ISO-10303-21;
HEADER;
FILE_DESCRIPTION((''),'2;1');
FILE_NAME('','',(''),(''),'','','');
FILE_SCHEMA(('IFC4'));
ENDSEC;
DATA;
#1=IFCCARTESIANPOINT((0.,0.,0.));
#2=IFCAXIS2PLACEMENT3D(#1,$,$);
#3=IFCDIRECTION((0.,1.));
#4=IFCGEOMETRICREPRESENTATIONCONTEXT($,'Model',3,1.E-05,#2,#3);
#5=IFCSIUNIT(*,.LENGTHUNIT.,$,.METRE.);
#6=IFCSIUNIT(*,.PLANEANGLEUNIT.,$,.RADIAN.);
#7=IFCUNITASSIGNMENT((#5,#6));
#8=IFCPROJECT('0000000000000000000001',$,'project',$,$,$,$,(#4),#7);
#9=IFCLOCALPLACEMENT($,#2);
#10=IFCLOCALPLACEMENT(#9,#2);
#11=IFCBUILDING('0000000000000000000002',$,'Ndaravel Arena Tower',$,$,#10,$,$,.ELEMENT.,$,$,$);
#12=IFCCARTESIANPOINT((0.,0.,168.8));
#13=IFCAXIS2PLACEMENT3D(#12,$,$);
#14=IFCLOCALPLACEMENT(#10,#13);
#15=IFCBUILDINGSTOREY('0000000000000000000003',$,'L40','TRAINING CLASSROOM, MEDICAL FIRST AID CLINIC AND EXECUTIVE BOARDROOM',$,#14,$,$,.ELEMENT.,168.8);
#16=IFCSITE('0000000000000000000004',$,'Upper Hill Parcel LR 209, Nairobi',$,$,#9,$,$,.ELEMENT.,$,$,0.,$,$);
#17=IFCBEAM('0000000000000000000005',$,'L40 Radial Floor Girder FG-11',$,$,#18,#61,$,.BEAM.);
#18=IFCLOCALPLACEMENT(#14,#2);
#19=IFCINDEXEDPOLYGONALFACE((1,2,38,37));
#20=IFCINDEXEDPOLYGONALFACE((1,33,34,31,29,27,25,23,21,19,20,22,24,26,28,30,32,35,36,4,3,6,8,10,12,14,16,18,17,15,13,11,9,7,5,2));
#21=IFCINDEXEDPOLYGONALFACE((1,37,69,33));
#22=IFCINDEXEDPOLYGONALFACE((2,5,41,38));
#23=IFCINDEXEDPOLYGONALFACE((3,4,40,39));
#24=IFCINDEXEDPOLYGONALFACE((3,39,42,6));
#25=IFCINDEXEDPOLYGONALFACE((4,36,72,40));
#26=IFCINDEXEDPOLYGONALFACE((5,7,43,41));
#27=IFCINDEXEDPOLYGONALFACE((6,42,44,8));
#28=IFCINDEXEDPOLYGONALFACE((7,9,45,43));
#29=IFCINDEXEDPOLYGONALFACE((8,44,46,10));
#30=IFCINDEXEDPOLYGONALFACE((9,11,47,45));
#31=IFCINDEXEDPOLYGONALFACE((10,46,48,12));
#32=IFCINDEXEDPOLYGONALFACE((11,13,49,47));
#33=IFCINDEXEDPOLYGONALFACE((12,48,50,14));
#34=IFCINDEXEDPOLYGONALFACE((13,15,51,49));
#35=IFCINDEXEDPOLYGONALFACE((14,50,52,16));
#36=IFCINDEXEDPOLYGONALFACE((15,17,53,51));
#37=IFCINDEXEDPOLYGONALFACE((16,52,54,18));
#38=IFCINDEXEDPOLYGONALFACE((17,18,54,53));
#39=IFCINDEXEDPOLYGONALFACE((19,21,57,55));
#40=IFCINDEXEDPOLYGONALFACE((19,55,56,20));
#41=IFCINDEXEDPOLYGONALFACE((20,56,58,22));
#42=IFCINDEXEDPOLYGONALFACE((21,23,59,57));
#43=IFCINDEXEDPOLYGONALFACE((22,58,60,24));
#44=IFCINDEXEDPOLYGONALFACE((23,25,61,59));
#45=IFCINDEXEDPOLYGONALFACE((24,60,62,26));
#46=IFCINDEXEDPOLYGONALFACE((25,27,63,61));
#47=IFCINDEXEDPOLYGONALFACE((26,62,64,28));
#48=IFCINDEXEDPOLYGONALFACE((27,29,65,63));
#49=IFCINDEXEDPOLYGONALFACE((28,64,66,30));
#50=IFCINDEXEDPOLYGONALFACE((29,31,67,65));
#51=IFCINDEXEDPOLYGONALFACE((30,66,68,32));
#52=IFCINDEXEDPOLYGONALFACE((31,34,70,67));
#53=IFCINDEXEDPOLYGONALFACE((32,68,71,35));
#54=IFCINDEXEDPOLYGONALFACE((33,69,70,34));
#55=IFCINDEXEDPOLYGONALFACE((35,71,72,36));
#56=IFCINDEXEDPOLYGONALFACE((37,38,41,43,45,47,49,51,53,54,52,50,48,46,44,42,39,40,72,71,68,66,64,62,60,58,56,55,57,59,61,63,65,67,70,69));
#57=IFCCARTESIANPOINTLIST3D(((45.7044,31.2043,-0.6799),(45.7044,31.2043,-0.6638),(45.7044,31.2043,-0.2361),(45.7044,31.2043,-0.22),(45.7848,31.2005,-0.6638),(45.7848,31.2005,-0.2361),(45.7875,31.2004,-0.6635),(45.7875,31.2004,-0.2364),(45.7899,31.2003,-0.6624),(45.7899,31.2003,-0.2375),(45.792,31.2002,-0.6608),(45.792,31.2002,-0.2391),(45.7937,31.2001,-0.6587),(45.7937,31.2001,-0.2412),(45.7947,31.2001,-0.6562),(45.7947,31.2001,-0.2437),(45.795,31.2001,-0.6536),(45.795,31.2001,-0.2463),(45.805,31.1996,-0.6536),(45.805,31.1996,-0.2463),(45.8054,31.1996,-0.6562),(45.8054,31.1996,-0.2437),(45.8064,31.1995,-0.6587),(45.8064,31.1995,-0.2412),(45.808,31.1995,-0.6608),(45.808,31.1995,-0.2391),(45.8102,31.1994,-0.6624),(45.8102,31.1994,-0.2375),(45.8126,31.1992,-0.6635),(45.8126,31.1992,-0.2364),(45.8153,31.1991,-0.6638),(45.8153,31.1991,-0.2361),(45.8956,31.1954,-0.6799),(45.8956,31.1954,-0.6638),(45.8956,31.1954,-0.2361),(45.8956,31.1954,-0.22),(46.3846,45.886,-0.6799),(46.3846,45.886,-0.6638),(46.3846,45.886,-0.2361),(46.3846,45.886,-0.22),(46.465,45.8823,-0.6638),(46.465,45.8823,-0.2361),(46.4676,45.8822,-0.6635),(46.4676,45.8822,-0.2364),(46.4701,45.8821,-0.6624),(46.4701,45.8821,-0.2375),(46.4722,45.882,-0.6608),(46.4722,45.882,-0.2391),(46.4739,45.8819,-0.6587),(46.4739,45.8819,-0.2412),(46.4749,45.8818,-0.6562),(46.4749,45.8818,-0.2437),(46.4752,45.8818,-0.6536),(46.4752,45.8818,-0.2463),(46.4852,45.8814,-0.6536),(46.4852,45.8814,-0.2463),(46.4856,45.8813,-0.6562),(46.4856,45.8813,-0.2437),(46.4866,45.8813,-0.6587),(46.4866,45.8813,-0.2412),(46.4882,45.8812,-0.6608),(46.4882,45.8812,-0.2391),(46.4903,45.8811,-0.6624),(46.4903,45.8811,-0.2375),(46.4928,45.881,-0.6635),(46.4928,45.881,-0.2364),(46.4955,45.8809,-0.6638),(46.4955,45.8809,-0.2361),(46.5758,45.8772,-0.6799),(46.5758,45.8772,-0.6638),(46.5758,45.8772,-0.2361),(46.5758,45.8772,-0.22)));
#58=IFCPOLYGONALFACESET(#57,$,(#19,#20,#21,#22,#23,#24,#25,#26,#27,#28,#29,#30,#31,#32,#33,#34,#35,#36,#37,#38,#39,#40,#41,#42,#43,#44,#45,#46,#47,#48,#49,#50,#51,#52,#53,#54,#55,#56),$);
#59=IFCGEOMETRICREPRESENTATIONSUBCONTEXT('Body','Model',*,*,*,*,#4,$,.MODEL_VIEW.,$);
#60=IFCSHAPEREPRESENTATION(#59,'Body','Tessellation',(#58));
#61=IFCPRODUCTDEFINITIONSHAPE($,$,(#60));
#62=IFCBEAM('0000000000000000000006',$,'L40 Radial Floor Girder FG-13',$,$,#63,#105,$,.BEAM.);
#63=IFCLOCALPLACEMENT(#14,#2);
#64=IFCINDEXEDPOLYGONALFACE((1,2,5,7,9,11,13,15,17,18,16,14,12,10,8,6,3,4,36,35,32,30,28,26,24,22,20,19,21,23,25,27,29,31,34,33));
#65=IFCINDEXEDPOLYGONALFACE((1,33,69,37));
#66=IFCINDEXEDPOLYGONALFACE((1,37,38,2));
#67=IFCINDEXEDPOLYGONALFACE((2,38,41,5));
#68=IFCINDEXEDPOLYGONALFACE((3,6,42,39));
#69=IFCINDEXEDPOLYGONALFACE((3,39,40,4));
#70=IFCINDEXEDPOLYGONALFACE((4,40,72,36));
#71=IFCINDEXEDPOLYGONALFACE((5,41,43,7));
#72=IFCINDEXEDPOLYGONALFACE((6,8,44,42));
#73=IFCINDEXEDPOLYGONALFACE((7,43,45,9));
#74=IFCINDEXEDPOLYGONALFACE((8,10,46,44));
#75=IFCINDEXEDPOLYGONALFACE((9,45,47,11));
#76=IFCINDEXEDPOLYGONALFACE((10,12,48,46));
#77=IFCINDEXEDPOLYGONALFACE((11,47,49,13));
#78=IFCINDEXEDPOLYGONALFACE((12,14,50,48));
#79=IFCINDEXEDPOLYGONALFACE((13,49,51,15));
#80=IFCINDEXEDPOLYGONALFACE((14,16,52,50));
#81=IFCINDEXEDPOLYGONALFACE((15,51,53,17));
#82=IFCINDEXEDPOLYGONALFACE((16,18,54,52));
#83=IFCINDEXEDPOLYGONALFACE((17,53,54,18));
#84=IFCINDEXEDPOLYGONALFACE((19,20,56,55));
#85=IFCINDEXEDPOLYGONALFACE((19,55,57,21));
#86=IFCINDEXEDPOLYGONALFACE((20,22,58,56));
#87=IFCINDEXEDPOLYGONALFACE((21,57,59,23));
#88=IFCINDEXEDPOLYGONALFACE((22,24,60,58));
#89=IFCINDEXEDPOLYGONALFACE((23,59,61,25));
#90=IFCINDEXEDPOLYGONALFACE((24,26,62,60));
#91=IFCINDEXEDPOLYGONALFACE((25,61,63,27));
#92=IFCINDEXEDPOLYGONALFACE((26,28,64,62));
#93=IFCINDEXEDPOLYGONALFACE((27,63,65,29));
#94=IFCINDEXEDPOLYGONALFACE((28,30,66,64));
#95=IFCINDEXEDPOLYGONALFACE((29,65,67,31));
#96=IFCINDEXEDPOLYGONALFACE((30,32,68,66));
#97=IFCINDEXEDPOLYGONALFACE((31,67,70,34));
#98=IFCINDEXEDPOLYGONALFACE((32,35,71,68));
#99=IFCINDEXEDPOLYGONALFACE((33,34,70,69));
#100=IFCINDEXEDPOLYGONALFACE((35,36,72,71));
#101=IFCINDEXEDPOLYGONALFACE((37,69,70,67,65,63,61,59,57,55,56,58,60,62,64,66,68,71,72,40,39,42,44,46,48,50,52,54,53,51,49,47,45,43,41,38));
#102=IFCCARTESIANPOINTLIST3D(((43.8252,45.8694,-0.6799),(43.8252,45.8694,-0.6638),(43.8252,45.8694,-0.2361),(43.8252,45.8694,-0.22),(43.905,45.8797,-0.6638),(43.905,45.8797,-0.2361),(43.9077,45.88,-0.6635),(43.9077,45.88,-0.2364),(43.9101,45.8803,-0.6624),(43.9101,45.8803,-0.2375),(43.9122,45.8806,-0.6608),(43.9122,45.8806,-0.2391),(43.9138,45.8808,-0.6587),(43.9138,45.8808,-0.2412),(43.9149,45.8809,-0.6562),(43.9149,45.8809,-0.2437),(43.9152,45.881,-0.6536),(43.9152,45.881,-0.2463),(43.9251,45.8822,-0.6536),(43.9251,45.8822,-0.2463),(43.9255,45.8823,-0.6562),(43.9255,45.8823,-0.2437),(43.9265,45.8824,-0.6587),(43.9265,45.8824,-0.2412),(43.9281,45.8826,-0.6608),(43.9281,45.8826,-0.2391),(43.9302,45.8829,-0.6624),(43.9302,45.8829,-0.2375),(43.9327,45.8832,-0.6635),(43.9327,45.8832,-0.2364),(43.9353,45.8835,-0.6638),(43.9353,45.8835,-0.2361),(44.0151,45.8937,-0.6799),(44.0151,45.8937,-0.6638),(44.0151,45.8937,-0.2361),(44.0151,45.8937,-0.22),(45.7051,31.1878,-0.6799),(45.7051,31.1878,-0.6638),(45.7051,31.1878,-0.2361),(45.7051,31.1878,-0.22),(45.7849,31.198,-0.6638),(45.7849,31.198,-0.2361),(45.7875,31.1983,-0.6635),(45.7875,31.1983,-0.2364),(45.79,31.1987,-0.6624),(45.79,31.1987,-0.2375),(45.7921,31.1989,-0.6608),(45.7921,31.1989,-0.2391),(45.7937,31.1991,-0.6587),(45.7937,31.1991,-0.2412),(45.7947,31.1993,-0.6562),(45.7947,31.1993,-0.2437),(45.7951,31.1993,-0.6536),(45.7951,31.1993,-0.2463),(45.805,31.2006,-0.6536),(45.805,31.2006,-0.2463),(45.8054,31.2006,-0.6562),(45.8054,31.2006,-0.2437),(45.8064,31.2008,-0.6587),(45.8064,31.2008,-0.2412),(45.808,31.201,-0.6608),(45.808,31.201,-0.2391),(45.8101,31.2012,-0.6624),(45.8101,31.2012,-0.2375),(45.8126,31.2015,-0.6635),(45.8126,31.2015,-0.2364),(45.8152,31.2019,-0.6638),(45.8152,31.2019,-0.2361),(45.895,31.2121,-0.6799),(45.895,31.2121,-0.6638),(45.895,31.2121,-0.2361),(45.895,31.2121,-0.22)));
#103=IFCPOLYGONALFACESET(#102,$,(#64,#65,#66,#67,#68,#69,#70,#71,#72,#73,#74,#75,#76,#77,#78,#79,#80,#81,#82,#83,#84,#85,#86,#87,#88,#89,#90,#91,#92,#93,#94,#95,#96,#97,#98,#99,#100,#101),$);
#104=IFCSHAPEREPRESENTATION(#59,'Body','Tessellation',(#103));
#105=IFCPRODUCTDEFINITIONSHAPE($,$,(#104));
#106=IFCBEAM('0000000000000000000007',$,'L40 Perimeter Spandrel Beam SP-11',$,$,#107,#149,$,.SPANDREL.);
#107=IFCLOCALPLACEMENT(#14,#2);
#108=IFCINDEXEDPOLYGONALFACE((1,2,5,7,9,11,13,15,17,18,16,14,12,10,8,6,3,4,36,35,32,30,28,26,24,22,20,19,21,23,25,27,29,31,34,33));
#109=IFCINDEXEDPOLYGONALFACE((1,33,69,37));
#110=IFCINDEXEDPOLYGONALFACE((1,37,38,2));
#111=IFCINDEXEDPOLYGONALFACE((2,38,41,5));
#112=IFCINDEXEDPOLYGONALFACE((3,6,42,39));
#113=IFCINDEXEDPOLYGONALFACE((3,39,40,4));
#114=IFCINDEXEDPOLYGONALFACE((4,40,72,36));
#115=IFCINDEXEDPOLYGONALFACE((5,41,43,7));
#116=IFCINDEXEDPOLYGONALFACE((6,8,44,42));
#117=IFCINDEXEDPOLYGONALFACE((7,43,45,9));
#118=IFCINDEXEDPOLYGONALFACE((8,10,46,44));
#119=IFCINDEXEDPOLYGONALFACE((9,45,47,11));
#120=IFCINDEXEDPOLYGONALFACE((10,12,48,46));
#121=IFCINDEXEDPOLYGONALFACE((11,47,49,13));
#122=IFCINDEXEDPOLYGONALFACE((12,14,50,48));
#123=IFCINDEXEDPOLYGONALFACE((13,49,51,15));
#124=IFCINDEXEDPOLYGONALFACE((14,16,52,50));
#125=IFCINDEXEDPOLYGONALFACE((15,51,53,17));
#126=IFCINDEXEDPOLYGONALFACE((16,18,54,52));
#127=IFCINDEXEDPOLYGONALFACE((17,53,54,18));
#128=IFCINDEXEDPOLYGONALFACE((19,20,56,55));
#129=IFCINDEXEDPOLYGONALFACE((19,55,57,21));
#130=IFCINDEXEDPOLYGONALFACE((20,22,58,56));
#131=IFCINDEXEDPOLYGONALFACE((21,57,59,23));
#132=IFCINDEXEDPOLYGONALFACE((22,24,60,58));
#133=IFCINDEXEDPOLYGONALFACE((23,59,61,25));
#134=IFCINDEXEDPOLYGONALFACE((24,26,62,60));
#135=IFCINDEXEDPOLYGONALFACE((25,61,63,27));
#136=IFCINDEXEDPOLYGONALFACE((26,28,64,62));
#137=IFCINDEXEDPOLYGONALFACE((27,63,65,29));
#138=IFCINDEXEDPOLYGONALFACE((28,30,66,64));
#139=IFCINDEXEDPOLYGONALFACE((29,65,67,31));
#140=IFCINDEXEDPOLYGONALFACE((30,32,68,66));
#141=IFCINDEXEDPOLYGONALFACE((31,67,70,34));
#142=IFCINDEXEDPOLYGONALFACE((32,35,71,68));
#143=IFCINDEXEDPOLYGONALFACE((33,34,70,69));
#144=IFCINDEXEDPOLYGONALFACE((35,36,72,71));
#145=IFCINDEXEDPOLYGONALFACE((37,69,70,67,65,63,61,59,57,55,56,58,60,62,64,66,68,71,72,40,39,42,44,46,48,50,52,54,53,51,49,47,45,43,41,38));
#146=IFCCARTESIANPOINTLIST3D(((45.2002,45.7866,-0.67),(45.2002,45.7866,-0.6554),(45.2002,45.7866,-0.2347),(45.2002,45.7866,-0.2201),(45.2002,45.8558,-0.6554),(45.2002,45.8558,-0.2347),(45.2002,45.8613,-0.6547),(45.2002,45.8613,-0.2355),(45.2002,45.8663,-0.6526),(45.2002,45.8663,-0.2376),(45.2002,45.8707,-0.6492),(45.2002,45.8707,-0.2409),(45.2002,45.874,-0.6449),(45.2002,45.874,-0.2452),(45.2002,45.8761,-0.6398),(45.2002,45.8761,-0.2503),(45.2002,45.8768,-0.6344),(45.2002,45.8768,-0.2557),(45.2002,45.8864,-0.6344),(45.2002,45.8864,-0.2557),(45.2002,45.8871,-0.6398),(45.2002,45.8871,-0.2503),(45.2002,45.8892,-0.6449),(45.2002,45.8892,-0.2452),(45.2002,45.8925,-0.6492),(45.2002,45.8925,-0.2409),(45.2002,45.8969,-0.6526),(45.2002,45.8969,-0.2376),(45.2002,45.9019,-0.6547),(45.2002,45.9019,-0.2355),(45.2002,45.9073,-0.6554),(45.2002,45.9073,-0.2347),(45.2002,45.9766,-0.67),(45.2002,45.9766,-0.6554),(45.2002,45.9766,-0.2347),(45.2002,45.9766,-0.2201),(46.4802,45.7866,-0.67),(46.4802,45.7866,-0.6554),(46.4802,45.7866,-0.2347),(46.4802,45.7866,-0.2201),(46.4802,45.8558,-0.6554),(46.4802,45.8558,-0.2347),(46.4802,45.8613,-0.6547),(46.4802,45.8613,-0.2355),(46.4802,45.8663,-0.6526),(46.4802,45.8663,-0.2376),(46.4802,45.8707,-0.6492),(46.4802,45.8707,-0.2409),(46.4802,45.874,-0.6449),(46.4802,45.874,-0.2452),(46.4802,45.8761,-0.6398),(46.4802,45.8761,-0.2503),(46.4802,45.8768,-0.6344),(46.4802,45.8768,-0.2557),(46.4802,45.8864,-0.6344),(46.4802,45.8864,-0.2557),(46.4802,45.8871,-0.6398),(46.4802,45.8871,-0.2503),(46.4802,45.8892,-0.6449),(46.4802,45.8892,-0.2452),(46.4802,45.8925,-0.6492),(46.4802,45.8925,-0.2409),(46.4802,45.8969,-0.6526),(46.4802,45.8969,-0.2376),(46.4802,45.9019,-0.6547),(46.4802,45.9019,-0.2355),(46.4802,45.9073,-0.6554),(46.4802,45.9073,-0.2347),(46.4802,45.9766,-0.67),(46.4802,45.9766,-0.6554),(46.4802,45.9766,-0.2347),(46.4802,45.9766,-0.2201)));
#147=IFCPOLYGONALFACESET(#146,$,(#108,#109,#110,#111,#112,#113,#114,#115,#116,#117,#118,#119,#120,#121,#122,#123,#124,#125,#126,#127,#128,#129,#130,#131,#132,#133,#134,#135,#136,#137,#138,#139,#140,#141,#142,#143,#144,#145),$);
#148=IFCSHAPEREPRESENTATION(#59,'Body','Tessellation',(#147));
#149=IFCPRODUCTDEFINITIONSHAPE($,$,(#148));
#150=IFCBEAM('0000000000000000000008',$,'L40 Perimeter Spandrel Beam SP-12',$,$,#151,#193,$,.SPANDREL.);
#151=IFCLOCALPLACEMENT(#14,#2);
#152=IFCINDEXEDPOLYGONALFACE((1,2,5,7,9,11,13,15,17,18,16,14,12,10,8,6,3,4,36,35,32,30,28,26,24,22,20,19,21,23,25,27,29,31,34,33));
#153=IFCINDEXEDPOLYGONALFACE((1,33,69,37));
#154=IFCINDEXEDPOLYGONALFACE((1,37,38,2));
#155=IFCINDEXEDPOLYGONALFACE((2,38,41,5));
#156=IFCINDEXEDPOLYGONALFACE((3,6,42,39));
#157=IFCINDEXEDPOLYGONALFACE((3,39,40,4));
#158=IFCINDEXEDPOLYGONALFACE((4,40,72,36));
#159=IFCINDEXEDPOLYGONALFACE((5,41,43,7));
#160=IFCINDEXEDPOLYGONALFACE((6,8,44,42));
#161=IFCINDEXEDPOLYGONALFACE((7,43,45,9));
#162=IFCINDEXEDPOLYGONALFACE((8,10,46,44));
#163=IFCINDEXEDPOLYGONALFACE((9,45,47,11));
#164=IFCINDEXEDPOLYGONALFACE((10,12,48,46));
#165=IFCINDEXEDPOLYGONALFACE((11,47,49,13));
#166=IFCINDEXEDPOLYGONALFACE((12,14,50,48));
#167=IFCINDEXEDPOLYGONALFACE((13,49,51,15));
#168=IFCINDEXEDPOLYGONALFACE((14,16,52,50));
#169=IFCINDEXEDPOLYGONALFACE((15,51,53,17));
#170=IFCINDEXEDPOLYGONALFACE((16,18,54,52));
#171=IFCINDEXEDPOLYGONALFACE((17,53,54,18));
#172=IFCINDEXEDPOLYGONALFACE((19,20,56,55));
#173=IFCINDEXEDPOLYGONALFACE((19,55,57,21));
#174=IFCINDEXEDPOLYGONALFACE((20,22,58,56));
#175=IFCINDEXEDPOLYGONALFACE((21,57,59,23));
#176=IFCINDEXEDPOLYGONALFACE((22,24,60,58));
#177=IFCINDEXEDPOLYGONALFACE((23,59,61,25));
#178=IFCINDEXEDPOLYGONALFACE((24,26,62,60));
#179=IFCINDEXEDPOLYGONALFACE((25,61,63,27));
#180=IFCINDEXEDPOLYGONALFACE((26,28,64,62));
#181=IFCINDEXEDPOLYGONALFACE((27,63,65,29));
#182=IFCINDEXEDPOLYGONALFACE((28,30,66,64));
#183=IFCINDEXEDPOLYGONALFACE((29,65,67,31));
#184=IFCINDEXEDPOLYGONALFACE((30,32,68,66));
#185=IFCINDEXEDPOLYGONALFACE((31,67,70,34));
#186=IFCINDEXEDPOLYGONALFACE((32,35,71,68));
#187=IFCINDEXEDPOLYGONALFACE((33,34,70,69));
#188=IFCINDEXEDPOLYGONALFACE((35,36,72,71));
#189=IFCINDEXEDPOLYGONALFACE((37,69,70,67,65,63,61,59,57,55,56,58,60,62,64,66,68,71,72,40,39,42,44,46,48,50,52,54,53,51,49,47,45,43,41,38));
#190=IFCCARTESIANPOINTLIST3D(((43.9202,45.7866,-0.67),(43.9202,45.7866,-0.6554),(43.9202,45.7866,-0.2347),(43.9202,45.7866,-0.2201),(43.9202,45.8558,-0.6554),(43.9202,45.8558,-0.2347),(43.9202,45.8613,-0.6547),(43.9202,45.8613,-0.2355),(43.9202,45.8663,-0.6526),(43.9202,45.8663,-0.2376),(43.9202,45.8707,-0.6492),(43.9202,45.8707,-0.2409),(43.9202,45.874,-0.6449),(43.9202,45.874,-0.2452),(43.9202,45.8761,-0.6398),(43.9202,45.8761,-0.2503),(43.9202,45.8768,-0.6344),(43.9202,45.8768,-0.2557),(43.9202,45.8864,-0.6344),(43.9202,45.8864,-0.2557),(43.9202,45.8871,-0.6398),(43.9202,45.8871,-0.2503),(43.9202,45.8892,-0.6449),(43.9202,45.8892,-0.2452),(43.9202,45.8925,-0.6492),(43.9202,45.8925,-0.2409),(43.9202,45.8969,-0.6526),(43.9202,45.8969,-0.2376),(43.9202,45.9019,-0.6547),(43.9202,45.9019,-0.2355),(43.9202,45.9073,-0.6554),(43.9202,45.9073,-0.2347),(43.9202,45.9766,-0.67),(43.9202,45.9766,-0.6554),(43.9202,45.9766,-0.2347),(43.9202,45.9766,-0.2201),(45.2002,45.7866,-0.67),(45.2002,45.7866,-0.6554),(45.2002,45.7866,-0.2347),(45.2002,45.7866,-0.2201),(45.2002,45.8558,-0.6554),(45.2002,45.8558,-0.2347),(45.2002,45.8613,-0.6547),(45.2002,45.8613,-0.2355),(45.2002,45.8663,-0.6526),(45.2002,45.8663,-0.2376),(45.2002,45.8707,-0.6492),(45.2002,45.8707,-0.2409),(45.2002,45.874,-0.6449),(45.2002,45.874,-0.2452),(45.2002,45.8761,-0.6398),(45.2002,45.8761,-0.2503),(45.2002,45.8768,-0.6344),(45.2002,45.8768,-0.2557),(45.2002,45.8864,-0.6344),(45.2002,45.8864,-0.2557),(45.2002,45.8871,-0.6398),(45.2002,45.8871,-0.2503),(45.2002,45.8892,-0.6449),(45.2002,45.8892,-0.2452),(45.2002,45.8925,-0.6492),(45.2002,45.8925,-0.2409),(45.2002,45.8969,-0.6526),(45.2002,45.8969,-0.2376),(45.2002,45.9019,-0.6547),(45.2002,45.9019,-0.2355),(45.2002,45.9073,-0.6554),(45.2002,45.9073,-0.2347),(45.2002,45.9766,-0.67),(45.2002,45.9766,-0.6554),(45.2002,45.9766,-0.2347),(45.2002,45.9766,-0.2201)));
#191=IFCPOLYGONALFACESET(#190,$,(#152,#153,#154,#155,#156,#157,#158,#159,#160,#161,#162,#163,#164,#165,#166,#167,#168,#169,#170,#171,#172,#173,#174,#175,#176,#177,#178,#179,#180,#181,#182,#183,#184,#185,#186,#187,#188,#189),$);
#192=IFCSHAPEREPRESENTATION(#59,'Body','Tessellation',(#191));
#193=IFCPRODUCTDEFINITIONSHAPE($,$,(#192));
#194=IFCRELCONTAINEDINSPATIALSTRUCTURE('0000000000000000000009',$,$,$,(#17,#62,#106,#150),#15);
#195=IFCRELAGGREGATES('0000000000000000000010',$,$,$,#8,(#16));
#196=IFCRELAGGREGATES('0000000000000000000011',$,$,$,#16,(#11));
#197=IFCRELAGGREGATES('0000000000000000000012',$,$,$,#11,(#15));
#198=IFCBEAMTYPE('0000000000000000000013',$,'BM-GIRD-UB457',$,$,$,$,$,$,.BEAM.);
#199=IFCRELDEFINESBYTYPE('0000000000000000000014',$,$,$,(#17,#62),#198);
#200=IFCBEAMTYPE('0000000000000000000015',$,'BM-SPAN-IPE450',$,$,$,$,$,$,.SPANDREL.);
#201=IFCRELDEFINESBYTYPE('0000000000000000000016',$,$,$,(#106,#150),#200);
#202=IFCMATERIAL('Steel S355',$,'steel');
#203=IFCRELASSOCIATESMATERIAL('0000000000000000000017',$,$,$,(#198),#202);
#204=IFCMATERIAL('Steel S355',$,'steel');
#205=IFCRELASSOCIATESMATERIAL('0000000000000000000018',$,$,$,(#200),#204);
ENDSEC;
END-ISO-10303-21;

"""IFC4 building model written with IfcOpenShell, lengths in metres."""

from ifc_helpers import new_model, si_unit, direction, frame, origin, origin_2d, place, context, subcontext, project, spatial, i_section, extrude, material, material_profile, profile_set, type_object, element, save


model = new_model("IFC4")

# Units and contexts
model_context = context("Model", 3, precision=1e-05, world=origin(), true_north=direction((0.0, 1.0)))
body_context = subcontext(model_context, "Body", "Model", "MODEL_VIEW")
ifc_project = project(units=[si_unit("LENGTHUNIT", "METRE"), si_unit("PLANEANGLEUNIT", "RADIAN")], contexts=[model_context])

# Site, building, storey
site_placement = place(None, origin())
site = spatial("IfcSite", under=ifc_project, at=site_placement, Name="Upper Hill Parcel LR 209, Nairobi", CompositionType="ELEMENT", RefElevation=0.0)
building_placement = place(site_placement, origin())
building = spatial("IfcBuilding", under=site, at=building_placement, Name="Ndaravel Arena Tower", CompositionType="ELEMENT")
storey_placement = place(building_placement, frame((0.0, 0.0, 168.8)))
storey = spatial("IfcBuildingStorey", under=building, at=storey_placement, Name="L40", Description="TRAINING CLASSROOM, MEDICAL FIRST AID CLINIC AND EXECUTIVE BOARDROOM", CompositionType="ELEMENT", Elevation=168.8)

# Beams
ifc_material_1 = material(Name="Steel S355", Category="steel")
ifc_material_profile_1 = material_profile(ifc_material_1, i_section(OverallWidth=0.1914, OverallDepth=0.46, WebThickness=0.01, FlangeThickness=0.0161, FilletRadius=0.0103, at=origin_2d()), Name="UB 457x191x82")
ifc_profile_set_1 = profile_set([ifc_material_profile_1], Name="Steel S355")
beam_type_1 = type_object("IfcBeamType", Name="BM-GIRD-UB457", PredefinedType="BEAM", material=ifc_profile_set_1)
beam_1_placement = place(storey_placement, frame((46.4802, 45.8816, -0.45), z_axis=(-0.046279, -0.998929, 0.0), x_axis=(0.998929, -0.046279, 0.0)))
element("IfcBeam", 1, at=beam_1_placement, inside=storey, type_object=beam_type_1, Name="L40 Radial Floor Girder FG-11", PredefinedType="BEAM", context=body_context, shape_type="SweptSolid", body=[
    extrude(i_section(OverallWidth=0.1914, OverallDepth=0.46, WebThickness=0.01, FlangeThickness=0.0161, FilletRadius=0.0103, at=origin_2d()), origin(), (0.0, 0.0, 1.0), 14.6975),
])
beam_2_placement = place(storey_placement, frame((43.9202, 45.8816, -0.45), z_axis=(0.127006, -0.991902, 0.0), x_axis=(0.991902, 0.127006, 0.0)))
element("IfcBeam", 2, at=beam_2_placement, inside=storey, type_object=beam_type_1, Name="L40 Radial Floor Girder FG-13", PredefinedType="BEAM", context=body_context, shape_type="SweptSolid", body=[
    extrude(i_section(OverallWidth=0.1914, OverallDepth=0.46, WebThickness=0.01, FlangeThickness=0.0161, FilletRadius=0.0103, at=origin_2d()), origin(), (0.0, 0.0, 1.0), 14.8015),
])
ifc_material_2 = material(Name="Steel S355", Category="steel")
ifc_material_profile_2 = material_profile(ifc_material_2, i_section(OverallWidth=0.1899, OverallDepth=0.45, WebThickness=0.0095, FlangeThickness=0.0146, FilletRadius=0.021, at=origin_2d()), Name="IPE 450")
ifc_profile_set_2 = profile_set([ifc_material_profile_2], Name="Steel S355")
beam_type_2 = type_object("IfcBeamType", Name="BM-SPAN-IPE450", PredefinedType="SPANDREL", material=ifc_profile_set_2)
for number, where, z_axis, x_axis, name in (
    (3, (46.4802, 45.8816, -0.4451), (-1.0, 0.0, 0.0), (0.0, -1.0, 0.0), "L40 Perimeter Spandrel Beam SP-11"),
    (4, (45.2002, 45.8816, -0.4451), (-1.0, 0.0, 0.0), (0.0, -1.0, 0.0), "L40 Perimeter Spandrel Beam SP-12"),
):
    element("IfcBeam", number, at=place(storey_placement, frame(where, z_axis=z_axis, x_axis=x_axis)), inside=storey, type_object=beam_type_2, Name=name, PredefinedType="SPANDREL", context=body_context, shape_type="SweptSolid", body=[
        extrude(i_section(OverallWidth=0.1899, OverallDepth=0.45, WebThickness=0.0095, FlangeThickness=0.0146, FilletRadius=0.021, at=origin_2d()), origin(), (0.0, 0.0, 1.0), 1.28),
    ])

save(model, "model.ifc")
